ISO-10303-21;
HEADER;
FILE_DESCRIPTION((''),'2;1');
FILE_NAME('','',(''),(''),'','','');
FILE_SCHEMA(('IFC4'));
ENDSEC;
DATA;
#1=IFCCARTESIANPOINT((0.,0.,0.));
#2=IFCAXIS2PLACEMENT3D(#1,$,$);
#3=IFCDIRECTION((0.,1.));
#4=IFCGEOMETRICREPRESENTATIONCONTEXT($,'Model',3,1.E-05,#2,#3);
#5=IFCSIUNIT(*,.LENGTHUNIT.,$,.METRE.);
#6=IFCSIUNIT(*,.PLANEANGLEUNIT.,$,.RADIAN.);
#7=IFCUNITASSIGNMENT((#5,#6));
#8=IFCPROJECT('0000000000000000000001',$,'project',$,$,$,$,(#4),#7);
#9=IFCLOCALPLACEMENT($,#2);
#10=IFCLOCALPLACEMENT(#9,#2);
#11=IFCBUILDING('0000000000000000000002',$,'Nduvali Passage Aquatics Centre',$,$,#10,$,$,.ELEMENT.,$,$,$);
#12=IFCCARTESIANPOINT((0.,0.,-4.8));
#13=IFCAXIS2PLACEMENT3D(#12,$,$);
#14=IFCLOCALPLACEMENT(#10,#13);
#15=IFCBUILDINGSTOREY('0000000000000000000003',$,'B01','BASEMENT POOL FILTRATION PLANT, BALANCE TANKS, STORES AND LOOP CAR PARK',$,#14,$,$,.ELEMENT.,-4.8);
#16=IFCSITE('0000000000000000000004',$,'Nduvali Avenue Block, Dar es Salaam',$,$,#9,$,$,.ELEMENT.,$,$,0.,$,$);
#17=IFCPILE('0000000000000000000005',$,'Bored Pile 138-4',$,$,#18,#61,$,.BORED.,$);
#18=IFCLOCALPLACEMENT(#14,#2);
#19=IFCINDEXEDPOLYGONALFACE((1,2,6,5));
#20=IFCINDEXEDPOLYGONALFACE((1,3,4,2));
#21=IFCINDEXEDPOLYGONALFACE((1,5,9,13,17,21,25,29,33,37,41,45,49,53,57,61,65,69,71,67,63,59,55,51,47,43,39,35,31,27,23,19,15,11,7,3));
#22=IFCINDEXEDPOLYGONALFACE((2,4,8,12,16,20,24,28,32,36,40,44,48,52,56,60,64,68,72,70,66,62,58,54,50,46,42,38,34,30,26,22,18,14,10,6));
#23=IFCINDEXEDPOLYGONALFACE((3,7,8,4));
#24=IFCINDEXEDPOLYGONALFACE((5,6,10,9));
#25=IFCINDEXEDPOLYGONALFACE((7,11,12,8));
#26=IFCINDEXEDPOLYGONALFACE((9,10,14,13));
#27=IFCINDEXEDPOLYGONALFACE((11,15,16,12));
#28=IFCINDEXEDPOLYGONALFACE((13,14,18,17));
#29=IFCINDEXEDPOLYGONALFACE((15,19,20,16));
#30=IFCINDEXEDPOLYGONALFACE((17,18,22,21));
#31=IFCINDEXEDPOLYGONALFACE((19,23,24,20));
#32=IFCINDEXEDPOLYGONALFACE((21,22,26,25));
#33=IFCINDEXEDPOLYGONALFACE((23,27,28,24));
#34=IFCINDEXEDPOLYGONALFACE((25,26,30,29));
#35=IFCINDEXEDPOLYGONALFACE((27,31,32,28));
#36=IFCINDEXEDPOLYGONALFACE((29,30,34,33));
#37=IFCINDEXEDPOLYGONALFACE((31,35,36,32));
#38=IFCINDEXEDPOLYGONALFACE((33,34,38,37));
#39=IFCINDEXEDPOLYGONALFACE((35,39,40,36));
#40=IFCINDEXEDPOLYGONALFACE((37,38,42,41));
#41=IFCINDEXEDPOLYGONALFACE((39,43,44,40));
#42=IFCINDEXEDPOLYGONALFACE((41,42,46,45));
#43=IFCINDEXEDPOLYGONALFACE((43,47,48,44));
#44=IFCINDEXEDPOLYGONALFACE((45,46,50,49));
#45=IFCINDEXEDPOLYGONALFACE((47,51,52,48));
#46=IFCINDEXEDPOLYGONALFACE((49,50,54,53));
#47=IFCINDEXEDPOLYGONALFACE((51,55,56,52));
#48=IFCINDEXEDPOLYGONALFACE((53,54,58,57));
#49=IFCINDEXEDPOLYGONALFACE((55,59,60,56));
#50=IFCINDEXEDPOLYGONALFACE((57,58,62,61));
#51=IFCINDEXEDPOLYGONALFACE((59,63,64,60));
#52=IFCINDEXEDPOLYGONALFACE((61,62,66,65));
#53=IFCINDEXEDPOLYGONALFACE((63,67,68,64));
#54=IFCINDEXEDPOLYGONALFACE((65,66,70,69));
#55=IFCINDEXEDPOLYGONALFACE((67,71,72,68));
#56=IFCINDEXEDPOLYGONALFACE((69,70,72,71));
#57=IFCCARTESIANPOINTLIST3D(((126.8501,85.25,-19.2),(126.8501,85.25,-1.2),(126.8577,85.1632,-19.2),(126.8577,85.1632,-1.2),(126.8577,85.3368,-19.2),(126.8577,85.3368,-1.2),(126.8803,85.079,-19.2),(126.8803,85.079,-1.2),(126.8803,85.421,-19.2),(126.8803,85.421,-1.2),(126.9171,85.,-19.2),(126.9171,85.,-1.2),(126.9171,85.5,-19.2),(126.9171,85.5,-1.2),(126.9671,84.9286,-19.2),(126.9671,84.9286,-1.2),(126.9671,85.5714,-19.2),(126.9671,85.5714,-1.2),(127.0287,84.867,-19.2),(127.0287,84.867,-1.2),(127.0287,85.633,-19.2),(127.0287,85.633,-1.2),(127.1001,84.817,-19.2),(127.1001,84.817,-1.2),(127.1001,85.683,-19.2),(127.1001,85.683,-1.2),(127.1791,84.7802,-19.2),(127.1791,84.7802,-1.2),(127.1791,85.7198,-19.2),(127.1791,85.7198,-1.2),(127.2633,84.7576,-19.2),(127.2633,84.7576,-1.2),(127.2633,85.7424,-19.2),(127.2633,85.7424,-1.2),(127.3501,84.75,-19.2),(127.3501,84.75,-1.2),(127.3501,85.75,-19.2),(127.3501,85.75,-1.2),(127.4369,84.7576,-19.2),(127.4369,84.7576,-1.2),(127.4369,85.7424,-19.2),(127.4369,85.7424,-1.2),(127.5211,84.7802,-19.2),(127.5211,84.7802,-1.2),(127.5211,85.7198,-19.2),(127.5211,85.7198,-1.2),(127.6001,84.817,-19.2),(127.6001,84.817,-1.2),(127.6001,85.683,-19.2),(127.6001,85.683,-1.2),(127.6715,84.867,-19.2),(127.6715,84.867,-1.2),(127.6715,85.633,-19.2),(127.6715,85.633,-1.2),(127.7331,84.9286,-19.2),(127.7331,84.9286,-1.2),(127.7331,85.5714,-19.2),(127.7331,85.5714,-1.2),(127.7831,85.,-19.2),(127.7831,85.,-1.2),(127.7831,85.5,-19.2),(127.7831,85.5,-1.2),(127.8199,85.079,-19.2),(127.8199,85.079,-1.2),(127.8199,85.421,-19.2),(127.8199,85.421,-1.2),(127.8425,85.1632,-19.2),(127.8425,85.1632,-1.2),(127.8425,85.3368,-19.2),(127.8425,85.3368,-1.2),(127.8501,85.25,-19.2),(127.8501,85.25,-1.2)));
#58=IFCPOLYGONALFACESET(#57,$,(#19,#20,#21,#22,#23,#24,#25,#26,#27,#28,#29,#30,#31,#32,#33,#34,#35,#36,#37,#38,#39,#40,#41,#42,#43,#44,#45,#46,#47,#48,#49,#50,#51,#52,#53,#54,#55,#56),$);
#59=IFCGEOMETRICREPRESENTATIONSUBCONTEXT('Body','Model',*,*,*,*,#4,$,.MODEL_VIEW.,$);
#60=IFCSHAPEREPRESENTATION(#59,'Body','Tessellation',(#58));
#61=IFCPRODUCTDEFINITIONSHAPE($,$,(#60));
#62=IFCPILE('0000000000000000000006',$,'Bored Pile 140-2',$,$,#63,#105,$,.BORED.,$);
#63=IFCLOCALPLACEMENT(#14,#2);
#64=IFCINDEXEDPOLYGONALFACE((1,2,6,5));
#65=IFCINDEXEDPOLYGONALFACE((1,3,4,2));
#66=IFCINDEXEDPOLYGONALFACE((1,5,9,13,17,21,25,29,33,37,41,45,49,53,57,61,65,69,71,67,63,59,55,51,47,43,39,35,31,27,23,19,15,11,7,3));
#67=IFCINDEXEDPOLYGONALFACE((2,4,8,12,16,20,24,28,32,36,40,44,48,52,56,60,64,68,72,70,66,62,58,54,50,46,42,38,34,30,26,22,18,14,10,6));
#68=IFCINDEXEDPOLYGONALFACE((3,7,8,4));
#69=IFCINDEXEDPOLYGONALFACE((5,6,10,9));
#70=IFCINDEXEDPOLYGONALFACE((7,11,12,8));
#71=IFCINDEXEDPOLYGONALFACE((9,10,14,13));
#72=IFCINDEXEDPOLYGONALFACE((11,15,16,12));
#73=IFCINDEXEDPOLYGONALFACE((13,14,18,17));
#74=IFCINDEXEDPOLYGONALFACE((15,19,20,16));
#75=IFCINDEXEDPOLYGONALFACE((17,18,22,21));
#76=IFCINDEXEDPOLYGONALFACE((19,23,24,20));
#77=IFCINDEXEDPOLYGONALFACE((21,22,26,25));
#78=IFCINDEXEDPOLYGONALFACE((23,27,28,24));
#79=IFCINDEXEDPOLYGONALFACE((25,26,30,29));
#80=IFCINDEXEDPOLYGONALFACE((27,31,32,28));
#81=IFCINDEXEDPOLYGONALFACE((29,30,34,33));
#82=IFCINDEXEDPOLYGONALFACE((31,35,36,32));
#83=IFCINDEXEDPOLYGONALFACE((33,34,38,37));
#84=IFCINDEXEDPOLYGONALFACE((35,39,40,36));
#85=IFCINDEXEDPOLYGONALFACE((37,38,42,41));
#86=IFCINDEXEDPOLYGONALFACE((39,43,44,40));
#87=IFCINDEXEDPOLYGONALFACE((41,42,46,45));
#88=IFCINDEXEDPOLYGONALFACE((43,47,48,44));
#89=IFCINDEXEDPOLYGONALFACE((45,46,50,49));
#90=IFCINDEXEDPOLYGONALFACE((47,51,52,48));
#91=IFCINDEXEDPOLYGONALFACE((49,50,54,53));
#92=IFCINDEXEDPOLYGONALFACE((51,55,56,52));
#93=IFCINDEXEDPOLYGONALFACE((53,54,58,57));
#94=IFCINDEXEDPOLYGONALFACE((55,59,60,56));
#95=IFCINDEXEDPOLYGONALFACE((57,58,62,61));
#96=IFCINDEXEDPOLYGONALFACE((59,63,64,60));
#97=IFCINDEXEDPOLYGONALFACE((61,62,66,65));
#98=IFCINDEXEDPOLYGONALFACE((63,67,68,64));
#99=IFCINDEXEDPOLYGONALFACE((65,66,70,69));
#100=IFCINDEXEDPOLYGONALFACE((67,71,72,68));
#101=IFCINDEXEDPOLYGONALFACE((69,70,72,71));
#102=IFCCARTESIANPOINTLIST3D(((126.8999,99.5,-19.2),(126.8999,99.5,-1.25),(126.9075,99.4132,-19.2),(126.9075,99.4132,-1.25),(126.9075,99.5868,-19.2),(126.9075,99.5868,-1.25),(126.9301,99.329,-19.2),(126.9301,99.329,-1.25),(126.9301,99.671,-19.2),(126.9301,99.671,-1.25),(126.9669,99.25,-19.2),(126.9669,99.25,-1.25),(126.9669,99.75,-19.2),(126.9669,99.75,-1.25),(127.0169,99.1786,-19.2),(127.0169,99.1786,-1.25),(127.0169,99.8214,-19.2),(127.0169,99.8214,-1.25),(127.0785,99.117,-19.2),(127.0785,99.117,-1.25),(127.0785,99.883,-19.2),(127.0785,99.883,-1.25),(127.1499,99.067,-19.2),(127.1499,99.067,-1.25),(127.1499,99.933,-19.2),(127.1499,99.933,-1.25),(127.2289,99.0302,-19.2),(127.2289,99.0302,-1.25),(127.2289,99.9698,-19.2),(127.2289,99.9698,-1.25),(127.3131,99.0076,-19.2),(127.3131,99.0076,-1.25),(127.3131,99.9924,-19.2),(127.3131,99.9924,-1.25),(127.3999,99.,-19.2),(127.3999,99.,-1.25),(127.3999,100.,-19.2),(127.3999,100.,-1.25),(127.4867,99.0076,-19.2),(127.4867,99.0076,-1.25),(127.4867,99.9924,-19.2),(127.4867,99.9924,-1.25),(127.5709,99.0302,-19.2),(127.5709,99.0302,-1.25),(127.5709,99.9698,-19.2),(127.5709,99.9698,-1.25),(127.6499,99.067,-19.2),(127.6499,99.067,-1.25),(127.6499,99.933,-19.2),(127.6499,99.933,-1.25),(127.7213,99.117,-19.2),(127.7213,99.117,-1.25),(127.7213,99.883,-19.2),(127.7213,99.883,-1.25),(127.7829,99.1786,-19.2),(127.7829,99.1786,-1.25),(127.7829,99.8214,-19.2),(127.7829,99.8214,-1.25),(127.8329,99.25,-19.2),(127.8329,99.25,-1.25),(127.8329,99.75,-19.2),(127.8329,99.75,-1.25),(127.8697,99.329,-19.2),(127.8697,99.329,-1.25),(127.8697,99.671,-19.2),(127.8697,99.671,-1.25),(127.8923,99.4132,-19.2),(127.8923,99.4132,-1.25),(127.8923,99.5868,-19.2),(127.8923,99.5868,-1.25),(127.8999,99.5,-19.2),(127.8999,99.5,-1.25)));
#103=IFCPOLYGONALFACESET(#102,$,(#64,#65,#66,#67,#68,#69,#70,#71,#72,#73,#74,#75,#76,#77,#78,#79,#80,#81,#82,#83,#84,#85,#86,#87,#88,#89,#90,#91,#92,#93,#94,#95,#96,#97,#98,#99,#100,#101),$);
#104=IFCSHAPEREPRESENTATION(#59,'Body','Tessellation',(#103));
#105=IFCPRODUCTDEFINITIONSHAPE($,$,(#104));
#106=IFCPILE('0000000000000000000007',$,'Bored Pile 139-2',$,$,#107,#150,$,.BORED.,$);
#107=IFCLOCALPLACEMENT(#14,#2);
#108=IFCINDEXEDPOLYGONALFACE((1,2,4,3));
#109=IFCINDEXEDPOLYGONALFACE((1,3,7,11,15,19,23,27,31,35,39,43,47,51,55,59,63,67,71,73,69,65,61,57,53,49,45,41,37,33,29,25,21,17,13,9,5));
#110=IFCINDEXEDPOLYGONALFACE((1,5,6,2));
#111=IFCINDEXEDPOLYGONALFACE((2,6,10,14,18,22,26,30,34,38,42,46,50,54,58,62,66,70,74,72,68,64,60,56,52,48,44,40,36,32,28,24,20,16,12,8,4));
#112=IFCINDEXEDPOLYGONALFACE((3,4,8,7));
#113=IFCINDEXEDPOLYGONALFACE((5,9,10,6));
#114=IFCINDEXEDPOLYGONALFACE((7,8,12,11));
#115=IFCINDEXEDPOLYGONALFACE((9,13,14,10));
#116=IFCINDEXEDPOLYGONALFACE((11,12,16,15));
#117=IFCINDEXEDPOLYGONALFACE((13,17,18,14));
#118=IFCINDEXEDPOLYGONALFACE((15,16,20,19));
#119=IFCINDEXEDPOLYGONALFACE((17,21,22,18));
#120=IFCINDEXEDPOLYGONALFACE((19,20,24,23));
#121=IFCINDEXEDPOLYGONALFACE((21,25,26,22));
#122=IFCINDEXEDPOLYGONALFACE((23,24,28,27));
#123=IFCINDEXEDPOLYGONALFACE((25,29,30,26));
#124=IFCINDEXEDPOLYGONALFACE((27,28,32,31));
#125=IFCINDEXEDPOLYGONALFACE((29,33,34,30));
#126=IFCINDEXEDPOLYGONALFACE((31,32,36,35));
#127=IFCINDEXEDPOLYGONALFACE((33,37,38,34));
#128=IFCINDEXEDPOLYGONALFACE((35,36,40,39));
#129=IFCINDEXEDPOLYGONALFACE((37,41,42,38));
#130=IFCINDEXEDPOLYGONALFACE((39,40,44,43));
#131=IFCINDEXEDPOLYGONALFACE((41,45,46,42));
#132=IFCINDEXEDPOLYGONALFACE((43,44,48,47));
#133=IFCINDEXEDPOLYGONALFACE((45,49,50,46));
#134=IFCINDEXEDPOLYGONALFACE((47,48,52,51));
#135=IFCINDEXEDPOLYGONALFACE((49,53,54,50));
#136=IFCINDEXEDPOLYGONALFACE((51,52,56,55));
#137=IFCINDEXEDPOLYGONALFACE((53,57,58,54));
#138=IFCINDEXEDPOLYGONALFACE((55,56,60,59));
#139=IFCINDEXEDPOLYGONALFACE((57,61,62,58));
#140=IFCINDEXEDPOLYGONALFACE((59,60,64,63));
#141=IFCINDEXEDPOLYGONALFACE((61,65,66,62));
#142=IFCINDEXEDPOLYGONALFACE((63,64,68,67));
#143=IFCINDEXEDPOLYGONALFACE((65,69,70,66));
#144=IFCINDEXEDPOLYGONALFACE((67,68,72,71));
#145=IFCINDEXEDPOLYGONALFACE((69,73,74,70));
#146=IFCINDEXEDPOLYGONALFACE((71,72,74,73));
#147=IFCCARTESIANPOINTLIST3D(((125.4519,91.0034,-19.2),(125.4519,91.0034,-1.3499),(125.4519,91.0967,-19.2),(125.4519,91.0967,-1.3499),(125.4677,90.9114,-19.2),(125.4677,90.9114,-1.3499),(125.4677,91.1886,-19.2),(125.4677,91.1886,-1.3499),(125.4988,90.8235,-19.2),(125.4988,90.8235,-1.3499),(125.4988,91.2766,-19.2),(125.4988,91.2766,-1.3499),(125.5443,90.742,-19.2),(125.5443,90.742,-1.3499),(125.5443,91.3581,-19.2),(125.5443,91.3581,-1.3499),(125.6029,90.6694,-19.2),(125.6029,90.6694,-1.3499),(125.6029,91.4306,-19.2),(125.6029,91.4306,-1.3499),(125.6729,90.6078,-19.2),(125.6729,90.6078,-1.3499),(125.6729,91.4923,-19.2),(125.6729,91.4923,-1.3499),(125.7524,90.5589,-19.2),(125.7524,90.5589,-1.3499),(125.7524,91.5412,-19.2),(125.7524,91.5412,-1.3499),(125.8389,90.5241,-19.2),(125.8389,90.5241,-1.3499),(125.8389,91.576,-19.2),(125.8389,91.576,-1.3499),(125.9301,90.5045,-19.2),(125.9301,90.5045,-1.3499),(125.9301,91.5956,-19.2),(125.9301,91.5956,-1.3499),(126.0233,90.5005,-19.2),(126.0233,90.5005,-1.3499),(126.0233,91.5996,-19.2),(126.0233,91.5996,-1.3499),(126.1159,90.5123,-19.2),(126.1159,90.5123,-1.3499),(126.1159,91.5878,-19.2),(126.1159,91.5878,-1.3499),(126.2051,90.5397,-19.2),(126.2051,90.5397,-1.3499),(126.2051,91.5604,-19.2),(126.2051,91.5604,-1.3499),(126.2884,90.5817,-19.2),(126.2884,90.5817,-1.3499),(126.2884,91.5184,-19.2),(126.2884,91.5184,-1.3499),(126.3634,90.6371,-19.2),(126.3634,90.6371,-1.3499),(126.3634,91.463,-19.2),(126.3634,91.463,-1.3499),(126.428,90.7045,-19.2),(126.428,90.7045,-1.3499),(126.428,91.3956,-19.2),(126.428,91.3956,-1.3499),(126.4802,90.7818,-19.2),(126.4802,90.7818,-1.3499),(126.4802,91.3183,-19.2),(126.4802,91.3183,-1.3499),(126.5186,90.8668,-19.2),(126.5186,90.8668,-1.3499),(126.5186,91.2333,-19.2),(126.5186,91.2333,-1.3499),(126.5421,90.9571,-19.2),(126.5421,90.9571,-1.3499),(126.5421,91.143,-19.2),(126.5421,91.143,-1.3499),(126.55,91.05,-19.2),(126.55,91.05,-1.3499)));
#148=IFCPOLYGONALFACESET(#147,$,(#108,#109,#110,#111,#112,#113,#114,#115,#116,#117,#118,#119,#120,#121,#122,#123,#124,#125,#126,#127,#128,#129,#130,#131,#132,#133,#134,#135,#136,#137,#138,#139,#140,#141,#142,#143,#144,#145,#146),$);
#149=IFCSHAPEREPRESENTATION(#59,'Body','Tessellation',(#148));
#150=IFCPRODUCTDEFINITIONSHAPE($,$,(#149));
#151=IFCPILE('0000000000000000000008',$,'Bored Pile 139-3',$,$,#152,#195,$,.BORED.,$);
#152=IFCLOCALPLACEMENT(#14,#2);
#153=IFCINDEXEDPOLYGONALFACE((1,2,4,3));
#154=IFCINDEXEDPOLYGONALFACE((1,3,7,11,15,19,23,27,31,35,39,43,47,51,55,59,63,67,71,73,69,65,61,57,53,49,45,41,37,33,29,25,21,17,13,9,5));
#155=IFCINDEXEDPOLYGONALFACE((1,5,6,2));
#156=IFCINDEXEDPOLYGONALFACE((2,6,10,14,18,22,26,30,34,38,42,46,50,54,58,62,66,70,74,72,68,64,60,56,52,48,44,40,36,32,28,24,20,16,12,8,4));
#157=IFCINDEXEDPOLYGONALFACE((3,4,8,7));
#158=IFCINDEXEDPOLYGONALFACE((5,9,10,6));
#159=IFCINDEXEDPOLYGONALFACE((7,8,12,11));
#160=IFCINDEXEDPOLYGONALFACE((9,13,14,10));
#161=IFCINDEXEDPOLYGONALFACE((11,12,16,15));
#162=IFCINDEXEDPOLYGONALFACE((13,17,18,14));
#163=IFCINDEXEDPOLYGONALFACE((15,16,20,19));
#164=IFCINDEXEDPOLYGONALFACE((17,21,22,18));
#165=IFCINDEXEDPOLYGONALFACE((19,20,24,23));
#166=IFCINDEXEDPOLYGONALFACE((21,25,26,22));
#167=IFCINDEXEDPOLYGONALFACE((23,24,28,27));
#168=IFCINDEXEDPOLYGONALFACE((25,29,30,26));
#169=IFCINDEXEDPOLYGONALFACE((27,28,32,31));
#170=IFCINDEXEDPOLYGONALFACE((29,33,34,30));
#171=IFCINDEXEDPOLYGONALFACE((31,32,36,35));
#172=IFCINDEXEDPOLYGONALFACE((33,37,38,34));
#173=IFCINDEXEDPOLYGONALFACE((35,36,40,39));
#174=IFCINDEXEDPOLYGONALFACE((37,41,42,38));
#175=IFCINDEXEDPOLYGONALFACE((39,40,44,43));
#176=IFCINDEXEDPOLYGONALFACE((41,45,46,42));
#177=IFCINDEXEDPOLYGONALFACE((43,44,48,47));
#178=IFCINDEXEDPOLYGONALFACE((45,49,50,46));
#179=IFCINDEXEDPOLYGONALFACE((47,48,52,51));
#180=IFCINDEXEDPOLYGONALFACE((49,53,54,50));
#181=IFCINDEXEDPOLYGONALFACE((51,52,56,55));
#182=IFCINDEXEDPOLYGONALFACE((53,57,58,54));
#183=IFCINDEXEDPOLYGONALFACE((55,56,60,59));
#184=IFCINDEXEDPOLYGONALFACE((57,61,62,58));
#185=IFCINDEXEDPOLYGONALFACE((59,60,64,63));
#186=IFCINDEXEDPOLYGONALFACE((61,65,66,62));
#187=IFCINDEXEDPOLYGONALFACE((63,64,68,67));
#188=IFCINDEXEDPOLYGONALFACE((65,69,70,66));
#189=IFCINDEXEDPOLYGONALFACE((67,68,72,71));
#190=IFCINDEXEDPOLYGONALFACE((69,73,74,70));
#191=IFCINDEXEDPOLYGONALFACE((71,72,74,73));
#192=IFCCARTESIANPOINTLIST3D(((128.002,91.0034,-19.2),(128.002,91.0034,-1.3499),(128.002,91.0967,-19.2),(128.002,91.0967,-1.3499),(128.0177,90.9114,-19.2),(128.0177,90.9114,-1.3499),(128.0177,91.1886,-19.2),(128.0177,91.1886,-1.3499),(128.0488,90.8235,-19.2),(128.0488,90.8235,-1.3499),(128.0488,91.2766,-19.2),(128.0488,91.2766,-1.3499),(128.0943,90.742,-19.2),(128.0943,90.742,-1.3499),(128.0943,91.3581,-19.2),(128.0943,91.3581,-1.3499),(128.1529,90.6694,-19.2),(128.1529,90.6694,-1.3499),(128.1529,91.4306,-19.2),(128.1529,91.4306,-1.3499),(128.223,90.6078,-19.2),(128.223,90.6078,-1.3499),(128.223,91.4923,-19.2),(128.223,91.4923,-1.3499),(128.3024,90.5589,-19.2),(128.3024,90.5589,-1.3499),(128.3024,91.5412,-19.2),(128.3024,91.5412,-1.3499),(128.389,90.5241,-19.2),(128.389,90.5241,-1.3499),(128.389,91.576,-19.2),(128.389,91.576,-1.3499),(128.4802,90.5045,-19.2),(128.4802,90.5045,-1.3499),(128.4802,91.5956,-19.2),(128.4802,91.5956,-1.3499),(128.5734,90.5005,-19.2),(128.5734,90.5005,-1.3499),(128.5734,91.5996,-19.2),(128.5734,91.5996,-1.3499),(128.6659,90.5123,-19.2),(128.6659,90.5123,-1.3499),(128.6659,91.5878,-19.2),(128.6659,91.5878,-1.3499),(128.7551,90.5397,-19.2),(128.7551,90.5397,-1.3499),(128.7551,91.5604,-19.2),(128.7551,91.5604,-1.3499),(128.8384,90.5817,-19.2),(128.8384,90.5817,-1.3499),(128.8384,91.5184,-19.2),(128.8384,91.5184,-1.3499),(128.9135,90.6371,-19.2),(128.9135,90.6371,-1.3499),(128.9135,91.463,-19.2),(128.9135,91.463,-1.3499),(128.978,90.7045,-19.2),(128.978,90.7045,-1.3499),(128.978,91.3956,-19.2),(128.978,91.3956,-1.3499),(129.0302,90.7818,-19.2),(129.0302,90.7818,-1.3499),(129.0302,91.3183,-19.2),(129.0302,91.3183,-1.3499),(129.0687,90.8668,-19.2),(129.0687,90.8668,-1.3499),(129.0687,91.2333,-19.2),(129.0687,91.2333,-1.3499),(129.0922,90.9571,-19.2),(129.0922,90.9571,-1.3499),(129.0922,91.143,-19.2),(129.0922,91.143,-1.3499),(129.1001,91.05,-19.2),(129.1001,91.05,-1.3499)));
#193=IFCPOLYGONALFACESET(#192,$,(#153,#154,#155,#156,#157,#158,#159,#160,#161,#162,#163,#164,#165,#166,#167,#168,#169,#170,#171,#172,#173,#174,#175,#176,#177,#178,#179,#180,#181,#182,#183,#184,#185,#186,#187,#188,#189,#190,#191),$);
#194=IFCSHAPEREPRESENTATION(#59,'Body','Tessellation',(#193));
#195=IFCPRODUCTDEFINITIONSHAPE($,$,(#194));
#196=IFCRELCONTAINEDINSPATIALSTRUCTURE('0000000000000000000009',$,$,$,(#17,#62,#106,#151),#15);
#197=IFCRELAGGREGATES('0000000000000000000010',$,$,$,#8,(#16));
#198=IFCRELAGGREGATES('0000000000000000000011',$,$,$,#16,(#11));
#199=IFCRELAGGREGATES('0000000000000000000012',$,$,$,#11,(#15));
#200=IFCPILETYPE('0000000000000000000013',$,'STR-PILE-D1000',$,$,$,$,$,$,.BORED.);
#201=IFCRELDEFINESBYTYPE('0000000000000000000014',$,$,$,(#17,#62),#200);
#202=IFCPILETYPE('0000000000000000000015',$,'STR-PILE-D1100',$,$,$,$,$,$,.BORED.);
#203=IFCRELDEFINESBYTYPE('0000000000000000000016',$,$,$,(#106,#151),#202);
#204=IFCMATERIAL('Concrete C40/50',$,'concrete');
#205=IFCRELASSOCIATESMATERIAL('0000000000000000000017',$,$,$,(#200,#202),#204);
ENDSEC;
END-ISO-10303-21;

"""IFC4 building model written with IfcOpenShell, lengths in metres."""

from ifc_helpers import new_model, si_unit, direction, frame, origin, origin_2d, place, context, subcontext, project, spatial, circle, extrude, material, material_profile, profile_set, type_object, element, save


model = new_model("IFC4")

# Units and contexts
model_context = context("Model", 3, precision=1e-05, world=origin(), true_north=direction((0.0, 1.0)))
body_context = subcontext(model_context, "Body", "Model", "MODEL_VIEW")
ifc_project = project(units=[si_unit("LENGTHUNIT", "METRE"), si_unit("PLANEANGLEUNIT", "RADIAN")], contexts=[model_context])

# Site, building, storey
site_placement = place(None, origin())
site = spatial("IfcSite", under=ifc_project, at=site_placement, Name="Nduvali Avenue Block, Dar es Salaam", CompositionType="ELEMENT", RefElevation=0.0)
building_placement = place(site_placement, origin())
building = spatial("IfcBuilding", under=site, at=building_placement, Name="Nduvali Passage Aquatics Centre", CompositionType="ELEMENT")
storey_placement = place(building_placement, frame((0.0, 0.0, -4.8)))
storey = spatial("IfcBuildingStorey", under=building, at=storey_placement, Name="B01", Description="BASEMENT POOL FILTRATION PLANT, BALANCE TANKS, STORES AND LOOP CAR PARK", CompositionType="ELEMENT", Elevation=-4.8)

# Shared definitions
ifc_material = material(Name="Concrete C40/50", Category="concrete")

# Piles
ifc_material_profile_1 = material_profile(ifc_material, circle(Radius=0.5, at=origin_2d()), Name="PILE D1000")
ifc_profile_set_1 = profile_set([ifc_material_profile_1], Name="Concrete C40/50")
pile_type_1 = type_object("IfcPileType", Name="STR-PILE-D1000", PredefinedType="BORED", material=ifc_profile_set_1)
pile_1_placement = place(storey_placement, frame((127.3501, 85.25, -1.2), z_axis=(0.0, 0.0, -1.0), x_axis=(1.0, 0.0, 0.0)))
element("IfcPile", 1, at=pile_1_placement, inside=storey, type_object=pile_type_1, Name="Bored Pile 138-4", PredefinedType="BORED", context=body_context, shape_type="SweptSolid", body=[
    extrude(circle(Radius=0.5, at=origin_2d()), origin(), (0.0, 0.0, 1.0), 18.0),
])
pile_2_placement = place(storey_placement, frame((127.3999, 99.5, -1.25), z_axis=(0.0, 0.0, -1.0), x_axis=(1.0, 0.0, 0.0)))
element("IfcPile", 2, at=pile_2_placement, inside=storey, type_object=pile_type_1, Name="Bored Pile 140-2", PredefinedType="BORED", context=body_context, shape_type="SweptSolid", body=[
    extrude(circle(Radius=0.5, at=origin_2d()), origin(), (0.0, 0.0, 1.0), 17.95),
])
ifc_material_profile_2 = material_profile(ifc_material, circle(Radius=0.55, at=origin_2d()), Name="PILE D1100")
ifc_profile_set_2 = profile_set([ifc_material_profile_2], Name="Concrete C40/50")
pile_type_2 = type_object("IfcPileType", Name="STR-PILE-D1100", PredefinedType="BORED", material=ifc_profile_set_2)
for number, where, z_axis, x_axis, name in (
    (3, (126.0, 91.05, -1.3499), (0.0, 0.0, -1.0), (1.0, 0.0, 0.0), "Bored Pile 139-2"),
    (4, (128.55, 91.05, -1.3499), (0.0, 0.0, -1.0), (1.0, 0.0, 0.0), "Bored Pile 139-3"),
):
    element("IfcPile", number, at=place(storey_placement, frame(where, z_axis=z_axis, x_axis=x_axis)), inside=storey, type_object=pile_type_2, Name=name, PredefinedType="BORED", context=body_context, shape_type="SweptSolid", body=[
        extrude(circle(Radius=0.55, at=origin_2d()), origin(), (0.0, 0.0, 1.0), 17.8501),
    ])

save(model, "model.ifc")
